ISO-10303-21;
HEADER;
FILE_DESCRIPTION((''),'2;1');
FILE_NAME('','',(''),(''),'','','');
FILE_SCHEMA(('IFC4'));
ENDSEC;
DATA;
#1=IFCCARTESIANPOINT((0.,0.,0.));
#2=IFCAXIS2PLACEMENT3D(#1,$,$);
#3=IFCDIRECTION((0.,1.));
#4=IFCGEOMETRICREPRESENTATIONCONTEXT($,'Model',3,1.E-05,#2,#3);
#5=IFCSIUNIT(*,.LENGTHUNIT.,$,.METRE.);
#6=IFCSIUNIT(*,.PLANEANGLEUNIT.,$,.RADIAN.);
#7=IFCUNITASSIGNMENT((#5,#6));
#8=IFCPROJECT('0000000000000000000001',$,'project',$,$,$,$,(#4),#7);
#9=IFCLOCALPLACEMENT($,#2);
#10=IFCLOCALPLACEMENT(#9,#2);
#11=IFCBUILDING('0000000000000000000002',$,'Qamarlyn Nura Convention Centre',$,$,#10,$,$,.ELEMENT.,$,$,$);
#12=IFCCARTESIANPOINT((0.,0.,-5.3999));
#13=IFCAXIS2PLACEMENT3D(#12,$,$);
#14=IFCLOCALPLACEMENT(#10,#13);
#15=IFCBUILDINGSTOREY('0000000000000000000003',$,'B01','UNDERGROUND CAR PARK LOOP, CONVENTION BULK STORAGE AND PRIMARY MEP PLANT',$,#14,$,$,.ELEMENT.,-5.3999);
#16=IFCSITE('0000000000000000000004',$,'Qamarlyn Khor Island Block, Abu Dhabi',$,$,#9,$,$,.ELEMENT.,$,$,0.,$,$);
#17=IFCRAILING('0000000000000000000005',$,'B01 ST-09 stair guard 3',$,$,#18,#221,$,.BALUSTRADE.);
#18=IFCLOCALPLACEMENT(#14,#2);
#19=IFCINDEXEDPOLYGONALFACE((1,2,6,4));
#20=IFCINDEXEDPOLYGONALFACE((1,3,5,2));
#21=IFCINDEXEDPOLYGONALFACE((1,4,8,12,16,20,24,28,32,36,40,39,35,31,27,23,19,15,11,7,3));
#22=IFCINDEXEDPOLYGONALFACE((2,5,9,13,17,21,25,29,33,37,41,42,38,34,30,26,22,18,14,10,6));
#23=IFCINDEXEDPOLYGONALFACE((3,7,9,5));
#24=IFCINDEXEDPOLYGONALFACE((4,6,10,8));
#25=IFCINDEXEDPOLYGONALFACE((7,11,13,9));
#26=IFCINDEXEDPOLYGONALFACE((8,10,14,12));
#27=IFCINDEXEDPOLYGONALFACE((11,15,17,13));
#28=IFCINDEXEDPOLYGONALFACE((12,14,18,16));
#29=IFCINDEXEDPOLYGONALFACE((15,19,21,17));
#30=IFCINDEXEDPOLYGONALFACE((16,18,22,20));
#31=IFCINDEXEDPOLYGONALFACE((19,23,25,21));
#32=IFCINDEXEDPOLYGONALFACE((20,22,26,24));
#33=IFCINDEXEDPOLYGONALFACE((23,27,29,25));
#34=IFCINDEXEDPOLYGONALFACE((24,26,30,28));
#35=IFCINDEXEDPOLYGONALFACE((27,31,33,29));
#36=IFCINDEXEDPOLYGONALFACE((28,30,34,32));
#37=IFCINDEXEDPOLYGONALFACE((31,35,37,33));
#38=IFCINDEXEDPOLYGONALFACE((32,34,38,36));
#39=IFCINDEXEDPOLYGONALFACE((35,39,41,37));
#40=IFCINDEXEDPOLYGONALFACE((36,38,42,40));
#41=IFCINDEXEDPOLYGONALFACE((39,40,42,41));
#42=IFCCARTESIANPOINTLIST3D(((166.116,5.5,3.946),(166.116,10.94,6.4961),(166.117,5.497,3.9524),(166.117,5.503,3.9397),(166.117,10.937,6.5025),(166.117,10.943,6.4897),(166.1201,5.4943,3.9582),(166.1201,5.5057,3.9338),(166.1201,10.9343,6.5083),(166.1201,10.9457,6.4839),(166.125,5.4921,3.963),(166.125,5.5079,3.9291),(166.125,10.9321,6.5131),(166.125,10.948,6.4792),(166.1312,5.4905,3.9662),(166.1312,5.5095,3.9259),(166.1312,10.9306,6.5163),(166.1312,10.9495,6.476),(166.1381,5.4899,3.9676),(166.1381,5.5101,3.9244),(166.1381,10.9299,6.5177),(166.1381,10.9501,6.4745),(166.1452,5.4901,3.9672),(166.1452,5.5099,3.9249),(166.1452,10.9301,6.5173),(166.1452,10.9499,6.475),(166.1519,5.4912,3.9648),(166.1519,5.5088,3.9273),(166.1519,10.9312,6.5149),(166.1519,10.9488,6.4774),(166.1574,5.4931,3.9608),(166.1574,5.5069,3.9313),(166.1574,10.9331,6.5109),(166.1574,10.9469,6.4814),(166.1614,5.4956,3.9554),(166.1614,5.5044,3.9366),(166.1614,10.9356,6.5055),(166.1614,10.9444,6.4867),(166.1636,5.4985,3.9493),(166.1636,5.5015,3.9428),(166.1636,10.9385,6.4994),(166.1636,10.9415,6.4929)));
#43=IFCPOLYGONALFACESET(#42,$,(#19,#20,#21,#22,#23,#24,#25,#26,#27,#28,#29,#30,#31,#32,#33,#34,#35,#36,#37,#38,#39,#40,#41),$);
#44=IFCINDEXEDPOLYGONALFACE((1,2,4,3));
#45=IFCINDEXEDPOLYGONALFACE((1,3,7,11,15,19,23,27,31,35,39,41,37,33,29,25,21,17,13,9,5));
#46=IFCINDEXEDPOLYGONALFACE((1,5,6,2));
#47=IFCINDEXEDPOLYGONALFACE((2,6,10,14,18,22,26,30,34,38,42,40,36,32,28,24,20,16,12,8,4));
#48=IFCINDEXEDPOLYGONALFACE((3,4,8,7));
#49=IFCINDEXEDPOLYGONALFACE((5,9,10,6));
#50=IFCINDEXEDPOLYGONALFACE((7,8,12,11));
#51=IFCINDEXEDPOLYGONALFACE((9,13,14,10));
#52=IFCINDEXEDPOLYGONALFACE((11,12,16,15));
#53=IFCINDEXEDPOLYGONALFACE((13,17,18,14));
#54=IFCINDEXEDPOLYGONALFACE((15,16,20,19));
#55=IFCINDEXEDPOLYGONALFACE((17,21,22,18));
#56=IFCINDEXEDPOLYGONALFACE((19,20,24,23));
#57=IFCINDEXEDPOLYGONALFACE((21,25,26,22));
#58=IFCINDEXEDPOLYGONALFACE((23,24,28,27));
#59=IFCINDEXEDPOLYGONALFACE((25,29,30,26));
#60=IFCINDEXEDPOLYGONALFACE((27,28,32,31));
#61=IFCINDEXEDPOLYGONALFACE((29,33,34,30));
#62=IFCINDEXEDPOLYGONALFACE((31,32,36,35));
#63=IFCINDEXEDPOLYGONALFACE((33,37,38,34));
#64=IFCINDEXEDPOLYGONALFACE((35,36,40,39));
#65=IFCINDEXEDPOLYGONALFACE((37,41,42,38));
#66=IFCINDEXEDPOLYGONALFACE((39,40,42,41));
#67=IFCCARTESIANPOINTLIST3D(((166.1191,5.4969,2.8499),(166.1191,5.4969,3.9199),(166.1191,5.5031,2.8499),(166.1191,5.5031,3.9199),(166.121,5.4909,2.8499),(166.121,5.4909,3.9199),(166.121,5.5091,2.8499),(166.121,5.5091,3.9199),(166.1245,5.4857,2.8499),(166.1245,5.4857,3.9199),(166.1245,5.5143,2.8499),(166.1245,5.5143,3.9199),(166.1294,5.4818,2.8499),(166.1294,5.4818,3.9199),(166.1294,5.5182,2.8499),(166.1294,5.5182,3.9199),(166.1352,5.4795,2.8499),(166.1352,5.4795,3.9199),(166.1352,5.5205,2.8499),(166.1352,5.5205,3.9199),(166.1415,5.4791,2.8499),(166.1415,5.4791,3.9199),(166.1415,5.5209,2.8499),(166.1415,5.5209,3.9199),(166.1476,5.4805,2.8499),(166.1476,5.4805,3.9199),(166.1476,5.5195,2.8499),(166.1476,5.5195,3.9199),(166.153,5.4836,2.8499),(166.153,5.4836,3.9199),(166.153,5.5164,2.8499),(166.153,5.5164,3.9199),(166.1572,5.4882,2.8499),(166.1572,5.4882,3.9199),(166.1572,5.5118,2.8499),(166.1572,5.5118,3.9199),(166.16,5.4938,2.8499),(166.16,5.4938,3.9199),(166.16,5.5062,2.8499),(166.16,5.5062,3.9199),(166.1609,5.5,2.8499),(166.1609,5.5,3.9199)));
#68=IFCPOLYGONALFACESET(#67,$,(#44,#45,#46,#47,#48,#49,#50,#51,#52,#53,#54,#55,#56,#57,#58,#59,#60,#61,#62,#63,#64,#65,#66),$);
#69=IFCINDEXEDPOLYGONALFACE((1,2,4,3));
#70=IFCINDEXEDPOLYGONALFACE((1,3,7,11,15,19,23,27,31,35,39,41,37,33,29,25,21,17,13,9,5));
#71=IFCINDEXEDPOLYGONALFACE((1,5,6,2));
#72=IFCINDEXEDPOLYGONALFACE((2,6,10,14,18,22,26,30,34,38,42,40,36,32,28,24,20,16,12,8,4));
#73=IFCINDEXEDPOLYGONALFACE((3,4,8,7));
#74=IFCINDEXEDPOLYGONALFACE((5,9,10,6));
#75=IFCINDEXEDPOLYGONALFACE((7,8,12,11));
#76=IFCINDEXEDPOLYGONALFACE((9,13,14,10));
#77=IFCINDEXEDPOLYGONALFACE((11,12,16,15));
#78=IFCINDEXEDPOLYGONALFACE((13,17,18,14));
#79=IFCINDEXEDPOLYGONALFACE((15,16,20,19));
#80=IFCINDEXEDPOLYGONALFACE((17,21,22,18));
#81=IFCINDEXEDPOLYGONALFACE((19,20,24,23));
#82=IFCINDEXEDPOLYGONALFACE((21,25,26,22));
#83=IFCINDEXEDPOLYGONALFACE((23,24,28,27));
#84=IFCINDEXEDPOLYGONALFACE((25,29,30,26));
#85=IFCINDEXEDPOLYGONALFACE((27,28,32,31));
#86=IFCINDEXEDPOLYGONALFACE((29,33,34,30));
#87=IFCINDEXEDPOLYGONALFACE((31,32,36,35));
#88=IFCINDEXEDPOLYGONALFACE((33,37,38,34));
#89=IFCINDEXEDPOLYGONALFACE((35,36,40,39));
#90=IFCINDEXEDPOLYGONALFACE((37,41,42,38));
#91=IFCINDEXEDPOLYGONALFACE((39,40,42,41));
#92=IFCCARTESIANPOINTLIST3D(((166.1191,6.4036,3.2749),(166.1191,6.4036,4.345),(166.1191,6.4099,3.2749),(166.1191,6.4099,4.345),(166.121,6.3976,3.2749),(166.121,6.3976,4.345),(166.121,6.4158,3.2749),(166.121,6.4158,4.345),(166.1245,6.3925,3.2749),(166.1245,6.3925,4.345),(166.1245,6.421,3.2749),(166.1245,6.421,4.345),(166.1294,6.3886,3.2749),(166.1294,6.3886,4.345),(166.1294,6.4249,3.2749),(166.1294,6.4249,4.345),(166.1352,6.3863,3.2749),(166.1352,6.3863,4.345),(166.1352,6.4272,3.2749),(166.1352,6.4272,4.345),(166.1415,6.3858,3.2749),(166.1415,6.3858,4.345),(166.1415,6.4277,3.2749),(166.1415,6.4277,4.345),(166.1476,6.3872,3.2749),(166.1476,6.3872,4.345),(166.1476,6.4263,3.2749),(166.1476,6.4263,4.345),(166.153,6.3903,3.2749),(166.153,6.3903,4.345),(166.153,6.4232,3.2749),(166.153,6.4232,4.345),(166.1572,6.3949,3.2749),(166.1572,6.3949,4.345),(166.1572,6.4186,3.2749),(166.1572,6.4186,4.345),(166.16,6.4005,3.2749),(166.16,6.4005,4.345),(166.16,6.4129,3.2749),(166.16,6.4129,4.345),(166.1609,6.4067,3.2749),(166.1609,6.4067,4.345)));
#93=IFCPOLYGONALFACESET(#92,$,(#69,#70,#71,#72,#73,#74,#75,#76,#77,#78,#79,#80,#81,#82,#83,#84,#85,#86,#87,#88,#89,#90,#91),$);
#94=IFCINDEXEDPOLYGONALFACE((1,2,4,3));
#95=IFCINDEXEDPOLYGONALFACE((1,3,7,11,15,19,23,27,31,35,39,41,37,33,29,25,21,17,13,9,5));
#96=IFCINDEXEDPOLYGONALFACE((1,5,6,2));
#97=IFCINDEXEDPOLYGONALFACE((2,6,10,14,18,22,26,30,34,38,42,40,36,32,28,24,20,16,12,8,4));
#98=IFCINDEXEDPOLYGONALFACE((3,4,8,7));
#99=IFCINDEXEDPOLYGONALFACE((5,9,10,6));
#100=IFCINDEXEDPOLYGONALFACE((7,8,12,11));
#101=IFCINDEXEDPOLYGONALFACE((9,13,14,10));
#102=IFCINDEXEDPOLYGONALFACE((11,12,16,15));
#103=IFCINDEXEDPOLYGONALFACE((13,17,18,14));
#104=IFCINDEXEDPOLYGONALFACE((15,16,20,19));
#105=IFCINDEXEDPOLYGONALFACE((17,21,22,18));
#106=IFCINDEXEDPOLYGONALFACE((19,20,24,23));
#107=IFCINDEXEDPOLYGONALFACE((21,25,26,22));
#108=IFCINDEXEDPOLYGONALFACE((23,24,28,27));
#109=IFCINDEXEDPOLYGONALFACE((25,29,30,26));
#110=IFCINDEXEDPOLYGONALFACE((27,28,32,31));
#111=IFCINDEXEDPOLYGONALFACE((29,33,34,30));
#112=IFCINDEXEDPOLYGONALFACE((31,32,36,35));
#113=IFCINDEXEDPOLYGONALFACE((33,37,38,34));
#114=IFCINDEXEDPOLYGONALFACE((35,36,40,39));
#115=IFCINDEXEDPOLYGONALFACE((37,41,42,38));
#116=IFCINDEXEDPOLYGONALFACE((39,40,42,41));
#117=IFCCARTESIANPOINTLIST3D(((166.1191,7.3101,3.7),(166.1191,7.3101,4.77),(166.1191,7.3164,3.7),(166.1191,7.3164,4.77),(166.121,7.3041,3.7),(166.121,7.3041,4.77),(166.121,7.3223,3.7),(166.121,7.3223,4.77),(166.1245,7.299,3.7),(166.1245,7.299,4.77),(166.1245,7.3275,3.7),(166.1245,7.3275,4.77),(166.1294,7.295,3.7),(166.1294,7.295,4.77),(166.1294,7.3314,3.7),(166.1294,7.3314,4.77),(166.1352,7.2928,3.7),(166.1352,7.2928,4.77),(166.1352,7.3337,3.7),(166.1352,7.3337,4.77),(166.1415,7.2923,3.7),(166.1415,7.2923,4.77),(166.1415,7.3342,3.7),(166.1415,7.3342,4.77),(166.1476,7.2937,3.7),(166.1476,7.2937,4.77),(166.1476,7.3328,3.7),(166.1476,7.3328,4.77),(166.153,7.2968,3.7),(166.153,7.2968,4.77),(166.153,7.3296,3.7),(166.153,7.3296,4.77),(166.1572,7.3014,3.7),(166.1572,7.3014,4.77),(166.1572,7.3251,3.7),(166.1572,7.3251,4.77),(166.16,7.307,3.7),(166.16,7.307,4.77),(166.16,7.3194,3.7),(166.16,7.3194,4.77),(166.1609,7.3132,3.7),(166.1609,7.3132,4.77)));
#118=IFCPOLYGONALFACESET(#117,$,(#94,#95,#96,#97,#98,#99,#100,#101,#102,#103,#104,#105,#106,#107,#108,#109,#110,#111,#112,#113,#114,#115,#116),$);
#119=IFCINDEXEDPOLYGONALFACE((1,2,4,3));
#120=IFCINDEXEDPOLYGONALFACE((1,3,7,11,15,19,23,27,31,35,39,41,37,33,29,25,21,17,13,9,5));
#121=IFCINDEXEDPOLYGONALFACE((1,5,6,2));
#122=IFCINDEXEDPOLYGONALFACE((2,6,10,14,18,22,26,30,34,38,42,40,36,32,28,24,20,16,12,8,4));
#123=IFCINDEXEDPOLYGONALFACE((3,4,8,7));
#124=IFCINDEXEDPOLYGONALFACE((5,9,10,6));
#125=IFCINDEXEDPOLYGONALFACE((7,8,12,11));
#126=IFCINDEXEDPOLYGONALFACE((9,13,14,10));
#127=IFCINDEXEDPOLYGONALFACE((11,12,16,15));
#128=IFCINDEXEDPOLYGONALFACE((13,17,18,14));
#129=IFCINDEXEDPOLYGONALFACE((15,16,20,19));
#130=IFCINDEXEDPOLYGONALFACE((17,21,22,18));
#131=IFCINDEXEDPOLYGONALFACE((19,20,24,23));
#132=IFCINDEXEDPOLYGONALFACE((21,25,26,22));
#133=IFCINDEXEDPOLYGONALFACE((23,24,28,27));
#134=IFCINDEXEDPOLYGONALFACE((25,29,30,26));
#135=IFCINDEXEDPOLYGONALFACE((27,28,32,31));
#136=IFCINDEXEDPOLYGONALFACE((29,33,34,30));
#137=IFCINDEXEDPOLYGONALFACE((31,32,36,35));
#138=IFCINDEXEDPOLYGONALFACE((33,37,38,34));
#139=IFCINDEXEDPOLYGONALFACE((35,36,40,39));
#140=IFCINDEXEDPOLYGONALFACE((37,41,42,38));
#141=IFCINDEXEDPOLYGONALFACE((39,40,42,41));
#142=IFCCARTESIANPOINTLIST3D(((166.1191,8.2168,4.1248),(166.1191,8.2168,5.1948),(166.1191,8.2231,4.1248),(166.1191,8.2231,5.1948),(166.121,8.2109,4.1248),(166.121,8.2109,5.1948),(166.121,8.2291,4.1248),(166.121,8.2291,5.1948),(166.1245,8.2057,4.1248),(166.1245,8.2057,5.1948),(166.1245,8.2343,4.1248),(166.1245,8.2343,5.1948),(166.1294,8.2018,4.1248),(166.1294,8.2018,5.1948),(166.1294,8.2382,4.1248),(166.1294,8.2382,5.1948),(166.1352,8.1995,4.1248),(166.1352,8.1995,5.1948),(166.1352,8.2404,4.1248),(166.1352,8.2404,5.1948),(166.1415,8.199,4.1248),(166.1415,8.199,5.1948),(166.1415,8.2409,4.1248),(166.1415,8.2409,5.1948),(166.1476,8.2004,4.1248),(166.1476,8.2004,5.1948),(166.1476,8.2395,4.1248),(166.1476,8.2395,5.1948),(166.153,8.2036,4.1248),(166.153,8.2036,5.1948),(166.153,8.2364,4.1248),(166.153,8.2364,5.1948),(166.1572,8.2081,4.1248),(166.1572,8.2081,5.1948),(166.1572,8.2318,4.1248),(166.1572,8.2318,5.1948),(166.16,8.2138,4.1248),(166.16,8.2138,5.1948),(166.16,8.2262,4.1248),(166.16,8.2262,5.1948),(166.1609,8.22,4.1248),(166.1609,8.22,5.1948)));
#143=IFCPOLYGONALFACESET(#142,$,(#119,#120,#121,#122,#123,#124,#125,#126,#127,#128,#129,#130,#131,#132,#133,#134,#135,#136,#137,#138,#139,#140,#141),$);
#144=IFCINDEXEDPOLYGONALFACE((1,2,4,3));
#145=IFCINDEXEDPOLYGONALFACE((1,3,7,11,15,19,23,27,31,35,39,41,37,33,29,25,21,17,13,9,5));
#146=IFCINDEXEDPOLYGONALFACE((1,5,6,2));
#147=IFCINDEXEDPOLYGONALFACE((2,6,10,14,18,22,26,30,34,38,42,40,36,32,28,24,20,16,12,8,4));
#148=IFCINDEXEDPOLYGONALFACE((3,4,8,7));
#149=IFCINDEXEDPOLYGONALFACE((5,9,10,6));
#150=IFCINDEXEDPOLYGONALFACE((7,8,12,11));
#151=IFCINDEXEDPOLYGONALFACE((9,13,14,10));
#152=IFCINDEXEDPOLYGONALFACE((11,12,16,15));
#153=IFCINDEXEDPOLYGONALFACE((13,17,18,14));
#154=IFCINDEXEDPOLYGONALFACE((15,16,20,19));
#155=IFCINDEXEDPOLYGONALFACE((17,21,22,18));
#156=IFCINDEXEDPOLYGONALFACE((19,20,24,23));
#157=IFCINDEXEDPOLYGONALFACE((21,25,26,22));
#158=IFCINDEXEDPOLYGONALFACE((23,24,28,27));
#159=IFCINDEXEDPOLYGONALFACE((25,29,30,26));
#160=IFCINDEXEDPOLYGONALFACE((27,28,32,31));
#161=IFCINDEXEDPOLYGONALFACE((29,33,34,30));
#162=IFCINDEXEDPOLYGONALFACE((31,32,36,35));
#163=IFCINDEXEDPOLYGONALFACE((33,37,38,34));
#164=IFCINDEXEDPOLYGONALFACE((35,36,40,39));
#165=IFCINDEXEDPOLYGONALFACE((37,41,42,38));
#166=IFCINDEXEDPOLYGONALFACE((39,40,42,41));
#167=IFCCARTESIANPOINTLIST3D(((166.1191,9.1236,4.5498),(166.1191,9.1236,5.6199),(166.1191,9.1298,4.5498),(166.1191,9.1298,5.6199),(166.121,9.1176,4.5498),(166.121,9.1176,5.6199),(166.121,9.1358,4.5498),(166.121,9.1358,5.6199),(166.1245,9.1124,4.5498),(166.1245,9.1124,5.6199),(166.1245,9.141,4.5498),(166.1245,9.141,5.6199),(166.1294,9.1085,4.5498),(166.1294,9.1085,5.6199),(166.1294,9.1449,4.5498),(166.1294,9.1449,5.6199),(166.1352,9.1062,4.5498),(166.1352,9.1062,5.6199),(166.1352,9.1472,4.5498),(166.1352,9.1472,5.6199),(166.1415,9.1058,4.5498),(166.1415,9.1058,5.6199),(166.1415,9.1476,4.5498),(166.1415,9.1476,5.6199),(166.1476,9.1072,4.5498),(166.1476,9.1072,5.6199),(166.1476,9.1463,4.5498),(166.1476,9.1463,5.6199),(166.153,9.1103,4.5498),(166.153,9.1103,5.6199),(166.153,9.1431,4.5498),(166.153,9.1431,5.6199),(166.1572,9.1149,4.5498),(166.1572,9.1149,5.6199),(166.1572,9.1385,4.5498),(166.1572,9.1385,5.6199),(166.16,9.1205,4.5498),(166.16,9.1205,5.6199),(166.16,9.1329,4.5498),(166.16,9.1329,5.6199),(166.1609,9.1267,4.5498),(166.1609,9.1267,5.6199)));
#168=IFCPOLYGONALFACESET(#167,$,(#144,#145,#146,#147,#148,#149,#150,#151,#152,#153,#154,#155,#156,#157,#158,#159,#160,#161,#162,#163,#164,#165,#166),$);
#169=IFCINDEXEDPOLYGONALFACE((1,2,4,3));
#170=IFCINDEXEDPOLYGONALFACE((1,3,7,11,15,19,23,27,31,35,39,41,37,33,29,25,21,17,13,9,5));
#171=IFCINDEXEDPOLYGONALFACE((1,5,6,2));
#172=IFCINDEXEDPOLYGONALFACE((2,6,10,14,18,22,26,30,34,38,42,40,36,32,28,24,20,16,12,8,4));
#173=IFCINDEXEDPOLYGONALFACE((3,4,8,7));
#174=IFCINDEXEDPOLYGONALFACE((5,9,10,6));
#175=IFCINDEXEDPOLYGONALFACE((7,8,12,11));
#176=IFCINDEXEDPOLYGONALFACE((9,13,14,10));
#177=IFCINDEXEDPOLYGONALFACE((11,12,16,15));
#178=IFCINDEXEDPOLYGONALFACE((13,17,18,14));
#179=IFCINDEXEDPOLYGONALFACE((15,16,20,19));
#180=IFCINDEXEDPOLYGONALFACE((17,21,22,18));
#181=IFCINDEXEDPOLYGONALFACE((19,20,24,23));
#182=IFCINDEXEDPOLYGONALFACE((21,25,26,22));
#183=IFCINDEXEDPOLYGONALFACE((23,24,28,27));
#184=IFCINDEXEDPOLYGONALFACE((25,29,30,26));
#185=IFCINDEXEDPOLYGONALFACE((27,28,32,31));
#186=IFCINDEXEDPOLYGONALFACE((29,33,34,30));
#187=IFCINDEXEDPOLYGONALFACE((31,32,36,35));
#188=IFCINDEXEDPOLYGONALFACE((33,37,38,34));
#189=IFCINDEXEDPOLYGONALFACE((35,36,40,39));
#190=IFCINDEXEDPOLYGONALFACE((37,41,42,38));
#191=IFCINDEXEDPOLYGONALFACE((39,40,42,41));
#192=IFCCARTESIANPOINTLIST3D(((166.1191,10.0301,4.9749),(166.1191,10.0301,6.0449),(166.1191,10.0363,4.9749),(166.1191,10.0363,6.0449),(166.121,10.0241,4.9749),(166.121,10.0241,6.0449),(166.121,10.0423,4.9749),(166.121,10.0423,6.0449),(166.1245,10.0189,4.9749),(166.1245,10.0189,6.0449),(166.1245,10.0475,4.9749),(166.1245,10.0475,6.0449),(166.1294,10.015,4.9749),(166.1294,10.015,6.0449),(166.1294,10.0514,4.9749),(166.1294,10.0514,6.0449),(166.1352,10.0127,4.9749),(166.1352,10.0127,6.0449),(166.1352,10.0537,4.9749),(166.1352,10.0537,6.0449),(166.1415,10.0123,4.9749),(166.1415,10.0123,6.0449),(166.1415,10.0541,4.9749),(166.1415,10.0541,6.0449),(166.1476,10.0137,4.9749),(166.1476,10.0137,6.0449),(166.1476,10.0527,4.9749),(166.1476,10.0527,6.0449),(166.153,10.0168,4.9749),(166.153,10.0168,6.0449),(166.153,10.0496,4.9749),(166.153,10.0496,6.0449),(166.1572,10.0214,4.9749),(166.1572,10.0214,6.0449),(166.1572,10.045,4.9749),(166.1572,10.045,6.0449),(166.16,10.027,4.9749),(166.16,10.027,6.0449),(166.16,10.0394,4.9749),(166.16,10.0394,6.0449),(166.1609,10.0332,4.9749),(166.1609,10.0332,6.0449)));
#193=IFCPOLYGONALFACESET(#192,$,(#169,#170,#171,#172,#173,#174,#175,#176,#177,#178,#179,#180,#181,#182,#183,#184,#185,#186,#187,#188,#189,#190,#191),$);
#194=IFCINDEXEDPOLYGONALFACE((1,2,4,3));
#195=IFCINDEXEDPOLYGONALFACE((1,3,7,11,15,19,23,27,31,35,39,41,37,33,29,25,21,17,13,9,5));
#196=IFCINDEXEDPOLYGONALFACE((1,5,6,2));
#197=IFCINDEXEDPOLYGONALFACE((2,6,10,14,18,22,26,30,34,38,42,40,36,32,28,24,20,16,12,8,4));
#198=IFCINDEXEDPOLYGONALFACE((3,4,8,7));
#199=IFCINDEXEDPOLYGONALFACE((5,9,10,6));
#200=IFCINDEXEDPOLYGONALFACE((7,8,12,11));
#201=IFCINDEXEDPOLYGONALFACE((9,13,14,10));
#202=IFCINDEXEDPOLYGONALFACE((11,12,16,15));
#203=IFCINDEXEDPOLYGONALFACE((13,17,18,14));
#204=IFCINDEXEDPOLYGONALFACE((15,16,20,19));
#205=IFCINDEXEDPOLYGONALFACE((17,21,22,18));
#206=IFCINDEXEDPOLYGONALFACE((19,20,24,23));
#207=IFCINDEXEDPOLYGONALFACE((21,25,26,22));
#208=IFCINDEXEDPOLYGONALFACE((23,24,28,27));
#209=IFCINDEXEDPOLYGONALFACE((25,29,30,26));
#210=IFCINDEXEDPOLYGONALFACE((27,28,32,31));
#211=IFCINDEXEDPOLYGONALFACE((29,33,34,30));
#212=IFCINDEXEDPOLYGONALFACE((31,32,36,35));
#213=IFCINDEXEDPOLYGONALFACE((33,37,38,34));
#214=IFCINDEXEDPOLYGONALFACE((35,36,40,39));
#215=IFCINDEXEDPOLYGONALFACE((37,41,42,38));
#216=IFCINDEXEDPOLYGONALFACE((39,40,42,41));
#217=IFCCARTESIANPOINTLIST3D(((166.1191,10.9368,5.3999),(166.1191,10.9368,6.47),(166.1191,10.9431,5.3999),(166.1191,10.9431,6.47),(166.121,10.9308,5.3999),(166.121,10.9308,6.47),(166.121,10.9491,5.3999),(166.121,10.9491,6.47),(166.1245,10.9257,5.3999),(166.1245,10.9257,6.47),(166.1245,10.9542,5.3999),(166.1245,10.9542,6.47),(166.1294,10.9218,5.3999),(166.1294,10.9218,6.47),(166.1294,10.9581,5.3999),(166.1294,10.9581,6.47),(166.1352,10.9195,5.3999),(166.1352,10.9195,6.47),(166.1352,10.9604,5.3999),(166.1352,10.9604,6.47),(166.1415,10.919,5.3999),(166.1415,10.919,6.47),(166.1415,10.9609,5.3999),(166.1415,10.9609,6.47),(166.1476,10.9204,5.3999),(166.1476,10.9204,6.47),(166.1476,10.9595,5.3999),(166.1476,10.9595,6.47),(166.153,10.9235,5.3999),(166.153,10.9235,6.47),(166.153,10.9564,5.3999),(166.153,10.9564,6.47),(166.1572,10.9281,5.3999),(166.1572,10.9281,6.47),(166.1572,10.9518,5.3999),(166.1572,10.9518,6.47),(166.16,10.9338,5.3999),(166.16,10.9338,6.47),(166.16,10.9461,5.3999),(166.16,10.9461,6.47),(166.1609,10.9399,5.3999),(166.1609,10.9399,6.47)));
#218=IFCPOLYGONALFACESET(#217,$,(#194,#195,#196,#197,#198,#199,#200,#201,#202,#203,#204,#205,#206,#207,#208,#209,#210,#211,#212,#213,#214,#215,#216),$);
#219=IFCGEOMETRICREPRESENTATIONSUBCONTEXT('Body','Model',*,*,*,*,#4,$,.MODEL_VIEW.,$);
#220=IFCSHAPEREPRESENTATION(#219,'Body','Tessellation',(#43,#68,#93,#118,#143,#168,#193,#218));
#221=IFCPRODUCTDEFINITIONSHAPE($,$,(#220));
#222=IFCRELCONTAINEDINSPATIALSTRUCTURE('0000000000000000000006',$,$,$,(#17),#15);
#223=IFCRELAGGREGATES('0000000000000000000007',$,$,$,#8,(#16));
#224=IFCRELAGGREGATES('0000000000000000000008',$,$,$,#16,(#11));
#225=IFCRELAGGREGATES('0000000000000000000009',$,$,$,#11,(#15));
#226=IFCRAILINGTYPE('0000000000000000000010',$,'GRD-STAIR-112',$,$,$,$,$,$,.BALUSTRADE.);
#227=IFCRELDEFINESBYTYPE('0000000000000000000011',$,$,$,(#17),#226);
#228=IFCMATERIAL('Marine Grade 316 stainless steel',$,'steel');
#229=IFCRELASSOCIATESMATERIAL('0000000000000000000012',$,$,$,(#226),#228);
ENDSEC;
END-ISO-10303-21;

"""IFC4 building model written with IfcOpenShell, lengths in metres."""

from ifc_helpers import new_model, si_unit, direction, frame, origin, origin_2d, place, context, subcontext, project, spatial, circle, extrude, material, type_object, element, save


model = new_model("IFC4")

# Units and contexts
model_context = context("Model", 3, precision=1e-05, world=origin(), true_north=direction((0.0, 1.0)))
body_context = subcontext(model_context, "Body", "Model", "MODEL_VIEW")
ifc_project = project(units=[si_unit("LENGTHUNIT", "METRE"), si_unit("PLANEANGLEUNIT", "RADIAN")], contexts=[model_context])

# Site, building, storey
site_placement = place(None, origin())
site = spatial("IfcSite", under=ifc_project, at=site_placement, Name="Qamarlyn Khor Island Block, Abu Dhabi", CompositionType="ELEMENT", RefElevation=0.0)
building_placement = place(site_placement, origin())
building = spatial("IfcBuilding", under=site, at=building_placement, Name="Qamarlyn Nura Convention Centre", CompositionType="ELEMENT")
storey_placement = place(building_placement, frame((0.0, 0.0, -5.3999)))
storey = spatial("IfcBuildingStorey", under=building, at=storey_placement, Name="B01", Description="UNDERGROUND CAR PARK LOOP, CONVENTION BULK STORAGE AND PRIMARY MEP PLANT", CompositionType="ELEMENT", Elevation=-5.3999)

# Railing
ifc_material_1 = material(Name="Marine Grade 316 stainless steel", Category="steel")
railing_type_1 = type_object("IfcRailingType", Name="GRD-STAIR-112", PredefinedType="BALUSTRADE", material=ifc_material_1)
railing_1_placement = place(storey_placement, frame((166.1399, 5.5, 2.8499)))
element("IfcRailing", 1, at=railing_1_placement, inside=storey, type_object=railing_type_1, Name="B01 ST-09 stair guard 3", PredefinedType="BALUSTRADE", context=body_context, shape_type="SweptSolid", body=[
    extrude(circle(Radius=0.0239, at=origin_2d()), frame((0.0, 0.0, 1.0962), z_axis=(0.0, 0.905454, 0.424444), x_axis=(-1.0, 0.0, 0.0)), (0.0, 0.0, 1.0), 6.0081),
    extrude(circle(Radius=0.021, at=origin_2d()), origin(), (0.0, 0.0, 1.0), 1.0701),
    extrude(circle(Radius=0.021, at=origin_2d()), frame((0.0, 0.9067, 0.425)), (0.0, 0.0, 1.0), 1.0701),
    extrude(circle(Radius=0.021, at=origin_2d()), frame((0.0, 1.8132, 0.8501)), (0.0, 0.0, 1.0), 1.0701),
    extrude(circle(Radius=0.021, at=origin_2d()), frame((0.0, 2.72, 1.2749)), (0.0, 0.0, 1.0), 1.0701),
    extrude(circle(Radius=0.021, at=origin_2d()), frame((0.0, 3.6267, 1.7)), (0.0, 0.0, 1.0), 1.0701),
    extrude(circle(Radius=0.021, at=origin_2d()), frame((0.0, 4.5332, 2.125)), (0.0, 0.0, 1.0), 1.0701),
    extrude(circle(Radius=0.021, at=origin_2d()), frame((0.0, 5.4399, 2.55)), (0.0, 0.0, 1.0), 1.0701),
])

save(model, "model.ifc")
